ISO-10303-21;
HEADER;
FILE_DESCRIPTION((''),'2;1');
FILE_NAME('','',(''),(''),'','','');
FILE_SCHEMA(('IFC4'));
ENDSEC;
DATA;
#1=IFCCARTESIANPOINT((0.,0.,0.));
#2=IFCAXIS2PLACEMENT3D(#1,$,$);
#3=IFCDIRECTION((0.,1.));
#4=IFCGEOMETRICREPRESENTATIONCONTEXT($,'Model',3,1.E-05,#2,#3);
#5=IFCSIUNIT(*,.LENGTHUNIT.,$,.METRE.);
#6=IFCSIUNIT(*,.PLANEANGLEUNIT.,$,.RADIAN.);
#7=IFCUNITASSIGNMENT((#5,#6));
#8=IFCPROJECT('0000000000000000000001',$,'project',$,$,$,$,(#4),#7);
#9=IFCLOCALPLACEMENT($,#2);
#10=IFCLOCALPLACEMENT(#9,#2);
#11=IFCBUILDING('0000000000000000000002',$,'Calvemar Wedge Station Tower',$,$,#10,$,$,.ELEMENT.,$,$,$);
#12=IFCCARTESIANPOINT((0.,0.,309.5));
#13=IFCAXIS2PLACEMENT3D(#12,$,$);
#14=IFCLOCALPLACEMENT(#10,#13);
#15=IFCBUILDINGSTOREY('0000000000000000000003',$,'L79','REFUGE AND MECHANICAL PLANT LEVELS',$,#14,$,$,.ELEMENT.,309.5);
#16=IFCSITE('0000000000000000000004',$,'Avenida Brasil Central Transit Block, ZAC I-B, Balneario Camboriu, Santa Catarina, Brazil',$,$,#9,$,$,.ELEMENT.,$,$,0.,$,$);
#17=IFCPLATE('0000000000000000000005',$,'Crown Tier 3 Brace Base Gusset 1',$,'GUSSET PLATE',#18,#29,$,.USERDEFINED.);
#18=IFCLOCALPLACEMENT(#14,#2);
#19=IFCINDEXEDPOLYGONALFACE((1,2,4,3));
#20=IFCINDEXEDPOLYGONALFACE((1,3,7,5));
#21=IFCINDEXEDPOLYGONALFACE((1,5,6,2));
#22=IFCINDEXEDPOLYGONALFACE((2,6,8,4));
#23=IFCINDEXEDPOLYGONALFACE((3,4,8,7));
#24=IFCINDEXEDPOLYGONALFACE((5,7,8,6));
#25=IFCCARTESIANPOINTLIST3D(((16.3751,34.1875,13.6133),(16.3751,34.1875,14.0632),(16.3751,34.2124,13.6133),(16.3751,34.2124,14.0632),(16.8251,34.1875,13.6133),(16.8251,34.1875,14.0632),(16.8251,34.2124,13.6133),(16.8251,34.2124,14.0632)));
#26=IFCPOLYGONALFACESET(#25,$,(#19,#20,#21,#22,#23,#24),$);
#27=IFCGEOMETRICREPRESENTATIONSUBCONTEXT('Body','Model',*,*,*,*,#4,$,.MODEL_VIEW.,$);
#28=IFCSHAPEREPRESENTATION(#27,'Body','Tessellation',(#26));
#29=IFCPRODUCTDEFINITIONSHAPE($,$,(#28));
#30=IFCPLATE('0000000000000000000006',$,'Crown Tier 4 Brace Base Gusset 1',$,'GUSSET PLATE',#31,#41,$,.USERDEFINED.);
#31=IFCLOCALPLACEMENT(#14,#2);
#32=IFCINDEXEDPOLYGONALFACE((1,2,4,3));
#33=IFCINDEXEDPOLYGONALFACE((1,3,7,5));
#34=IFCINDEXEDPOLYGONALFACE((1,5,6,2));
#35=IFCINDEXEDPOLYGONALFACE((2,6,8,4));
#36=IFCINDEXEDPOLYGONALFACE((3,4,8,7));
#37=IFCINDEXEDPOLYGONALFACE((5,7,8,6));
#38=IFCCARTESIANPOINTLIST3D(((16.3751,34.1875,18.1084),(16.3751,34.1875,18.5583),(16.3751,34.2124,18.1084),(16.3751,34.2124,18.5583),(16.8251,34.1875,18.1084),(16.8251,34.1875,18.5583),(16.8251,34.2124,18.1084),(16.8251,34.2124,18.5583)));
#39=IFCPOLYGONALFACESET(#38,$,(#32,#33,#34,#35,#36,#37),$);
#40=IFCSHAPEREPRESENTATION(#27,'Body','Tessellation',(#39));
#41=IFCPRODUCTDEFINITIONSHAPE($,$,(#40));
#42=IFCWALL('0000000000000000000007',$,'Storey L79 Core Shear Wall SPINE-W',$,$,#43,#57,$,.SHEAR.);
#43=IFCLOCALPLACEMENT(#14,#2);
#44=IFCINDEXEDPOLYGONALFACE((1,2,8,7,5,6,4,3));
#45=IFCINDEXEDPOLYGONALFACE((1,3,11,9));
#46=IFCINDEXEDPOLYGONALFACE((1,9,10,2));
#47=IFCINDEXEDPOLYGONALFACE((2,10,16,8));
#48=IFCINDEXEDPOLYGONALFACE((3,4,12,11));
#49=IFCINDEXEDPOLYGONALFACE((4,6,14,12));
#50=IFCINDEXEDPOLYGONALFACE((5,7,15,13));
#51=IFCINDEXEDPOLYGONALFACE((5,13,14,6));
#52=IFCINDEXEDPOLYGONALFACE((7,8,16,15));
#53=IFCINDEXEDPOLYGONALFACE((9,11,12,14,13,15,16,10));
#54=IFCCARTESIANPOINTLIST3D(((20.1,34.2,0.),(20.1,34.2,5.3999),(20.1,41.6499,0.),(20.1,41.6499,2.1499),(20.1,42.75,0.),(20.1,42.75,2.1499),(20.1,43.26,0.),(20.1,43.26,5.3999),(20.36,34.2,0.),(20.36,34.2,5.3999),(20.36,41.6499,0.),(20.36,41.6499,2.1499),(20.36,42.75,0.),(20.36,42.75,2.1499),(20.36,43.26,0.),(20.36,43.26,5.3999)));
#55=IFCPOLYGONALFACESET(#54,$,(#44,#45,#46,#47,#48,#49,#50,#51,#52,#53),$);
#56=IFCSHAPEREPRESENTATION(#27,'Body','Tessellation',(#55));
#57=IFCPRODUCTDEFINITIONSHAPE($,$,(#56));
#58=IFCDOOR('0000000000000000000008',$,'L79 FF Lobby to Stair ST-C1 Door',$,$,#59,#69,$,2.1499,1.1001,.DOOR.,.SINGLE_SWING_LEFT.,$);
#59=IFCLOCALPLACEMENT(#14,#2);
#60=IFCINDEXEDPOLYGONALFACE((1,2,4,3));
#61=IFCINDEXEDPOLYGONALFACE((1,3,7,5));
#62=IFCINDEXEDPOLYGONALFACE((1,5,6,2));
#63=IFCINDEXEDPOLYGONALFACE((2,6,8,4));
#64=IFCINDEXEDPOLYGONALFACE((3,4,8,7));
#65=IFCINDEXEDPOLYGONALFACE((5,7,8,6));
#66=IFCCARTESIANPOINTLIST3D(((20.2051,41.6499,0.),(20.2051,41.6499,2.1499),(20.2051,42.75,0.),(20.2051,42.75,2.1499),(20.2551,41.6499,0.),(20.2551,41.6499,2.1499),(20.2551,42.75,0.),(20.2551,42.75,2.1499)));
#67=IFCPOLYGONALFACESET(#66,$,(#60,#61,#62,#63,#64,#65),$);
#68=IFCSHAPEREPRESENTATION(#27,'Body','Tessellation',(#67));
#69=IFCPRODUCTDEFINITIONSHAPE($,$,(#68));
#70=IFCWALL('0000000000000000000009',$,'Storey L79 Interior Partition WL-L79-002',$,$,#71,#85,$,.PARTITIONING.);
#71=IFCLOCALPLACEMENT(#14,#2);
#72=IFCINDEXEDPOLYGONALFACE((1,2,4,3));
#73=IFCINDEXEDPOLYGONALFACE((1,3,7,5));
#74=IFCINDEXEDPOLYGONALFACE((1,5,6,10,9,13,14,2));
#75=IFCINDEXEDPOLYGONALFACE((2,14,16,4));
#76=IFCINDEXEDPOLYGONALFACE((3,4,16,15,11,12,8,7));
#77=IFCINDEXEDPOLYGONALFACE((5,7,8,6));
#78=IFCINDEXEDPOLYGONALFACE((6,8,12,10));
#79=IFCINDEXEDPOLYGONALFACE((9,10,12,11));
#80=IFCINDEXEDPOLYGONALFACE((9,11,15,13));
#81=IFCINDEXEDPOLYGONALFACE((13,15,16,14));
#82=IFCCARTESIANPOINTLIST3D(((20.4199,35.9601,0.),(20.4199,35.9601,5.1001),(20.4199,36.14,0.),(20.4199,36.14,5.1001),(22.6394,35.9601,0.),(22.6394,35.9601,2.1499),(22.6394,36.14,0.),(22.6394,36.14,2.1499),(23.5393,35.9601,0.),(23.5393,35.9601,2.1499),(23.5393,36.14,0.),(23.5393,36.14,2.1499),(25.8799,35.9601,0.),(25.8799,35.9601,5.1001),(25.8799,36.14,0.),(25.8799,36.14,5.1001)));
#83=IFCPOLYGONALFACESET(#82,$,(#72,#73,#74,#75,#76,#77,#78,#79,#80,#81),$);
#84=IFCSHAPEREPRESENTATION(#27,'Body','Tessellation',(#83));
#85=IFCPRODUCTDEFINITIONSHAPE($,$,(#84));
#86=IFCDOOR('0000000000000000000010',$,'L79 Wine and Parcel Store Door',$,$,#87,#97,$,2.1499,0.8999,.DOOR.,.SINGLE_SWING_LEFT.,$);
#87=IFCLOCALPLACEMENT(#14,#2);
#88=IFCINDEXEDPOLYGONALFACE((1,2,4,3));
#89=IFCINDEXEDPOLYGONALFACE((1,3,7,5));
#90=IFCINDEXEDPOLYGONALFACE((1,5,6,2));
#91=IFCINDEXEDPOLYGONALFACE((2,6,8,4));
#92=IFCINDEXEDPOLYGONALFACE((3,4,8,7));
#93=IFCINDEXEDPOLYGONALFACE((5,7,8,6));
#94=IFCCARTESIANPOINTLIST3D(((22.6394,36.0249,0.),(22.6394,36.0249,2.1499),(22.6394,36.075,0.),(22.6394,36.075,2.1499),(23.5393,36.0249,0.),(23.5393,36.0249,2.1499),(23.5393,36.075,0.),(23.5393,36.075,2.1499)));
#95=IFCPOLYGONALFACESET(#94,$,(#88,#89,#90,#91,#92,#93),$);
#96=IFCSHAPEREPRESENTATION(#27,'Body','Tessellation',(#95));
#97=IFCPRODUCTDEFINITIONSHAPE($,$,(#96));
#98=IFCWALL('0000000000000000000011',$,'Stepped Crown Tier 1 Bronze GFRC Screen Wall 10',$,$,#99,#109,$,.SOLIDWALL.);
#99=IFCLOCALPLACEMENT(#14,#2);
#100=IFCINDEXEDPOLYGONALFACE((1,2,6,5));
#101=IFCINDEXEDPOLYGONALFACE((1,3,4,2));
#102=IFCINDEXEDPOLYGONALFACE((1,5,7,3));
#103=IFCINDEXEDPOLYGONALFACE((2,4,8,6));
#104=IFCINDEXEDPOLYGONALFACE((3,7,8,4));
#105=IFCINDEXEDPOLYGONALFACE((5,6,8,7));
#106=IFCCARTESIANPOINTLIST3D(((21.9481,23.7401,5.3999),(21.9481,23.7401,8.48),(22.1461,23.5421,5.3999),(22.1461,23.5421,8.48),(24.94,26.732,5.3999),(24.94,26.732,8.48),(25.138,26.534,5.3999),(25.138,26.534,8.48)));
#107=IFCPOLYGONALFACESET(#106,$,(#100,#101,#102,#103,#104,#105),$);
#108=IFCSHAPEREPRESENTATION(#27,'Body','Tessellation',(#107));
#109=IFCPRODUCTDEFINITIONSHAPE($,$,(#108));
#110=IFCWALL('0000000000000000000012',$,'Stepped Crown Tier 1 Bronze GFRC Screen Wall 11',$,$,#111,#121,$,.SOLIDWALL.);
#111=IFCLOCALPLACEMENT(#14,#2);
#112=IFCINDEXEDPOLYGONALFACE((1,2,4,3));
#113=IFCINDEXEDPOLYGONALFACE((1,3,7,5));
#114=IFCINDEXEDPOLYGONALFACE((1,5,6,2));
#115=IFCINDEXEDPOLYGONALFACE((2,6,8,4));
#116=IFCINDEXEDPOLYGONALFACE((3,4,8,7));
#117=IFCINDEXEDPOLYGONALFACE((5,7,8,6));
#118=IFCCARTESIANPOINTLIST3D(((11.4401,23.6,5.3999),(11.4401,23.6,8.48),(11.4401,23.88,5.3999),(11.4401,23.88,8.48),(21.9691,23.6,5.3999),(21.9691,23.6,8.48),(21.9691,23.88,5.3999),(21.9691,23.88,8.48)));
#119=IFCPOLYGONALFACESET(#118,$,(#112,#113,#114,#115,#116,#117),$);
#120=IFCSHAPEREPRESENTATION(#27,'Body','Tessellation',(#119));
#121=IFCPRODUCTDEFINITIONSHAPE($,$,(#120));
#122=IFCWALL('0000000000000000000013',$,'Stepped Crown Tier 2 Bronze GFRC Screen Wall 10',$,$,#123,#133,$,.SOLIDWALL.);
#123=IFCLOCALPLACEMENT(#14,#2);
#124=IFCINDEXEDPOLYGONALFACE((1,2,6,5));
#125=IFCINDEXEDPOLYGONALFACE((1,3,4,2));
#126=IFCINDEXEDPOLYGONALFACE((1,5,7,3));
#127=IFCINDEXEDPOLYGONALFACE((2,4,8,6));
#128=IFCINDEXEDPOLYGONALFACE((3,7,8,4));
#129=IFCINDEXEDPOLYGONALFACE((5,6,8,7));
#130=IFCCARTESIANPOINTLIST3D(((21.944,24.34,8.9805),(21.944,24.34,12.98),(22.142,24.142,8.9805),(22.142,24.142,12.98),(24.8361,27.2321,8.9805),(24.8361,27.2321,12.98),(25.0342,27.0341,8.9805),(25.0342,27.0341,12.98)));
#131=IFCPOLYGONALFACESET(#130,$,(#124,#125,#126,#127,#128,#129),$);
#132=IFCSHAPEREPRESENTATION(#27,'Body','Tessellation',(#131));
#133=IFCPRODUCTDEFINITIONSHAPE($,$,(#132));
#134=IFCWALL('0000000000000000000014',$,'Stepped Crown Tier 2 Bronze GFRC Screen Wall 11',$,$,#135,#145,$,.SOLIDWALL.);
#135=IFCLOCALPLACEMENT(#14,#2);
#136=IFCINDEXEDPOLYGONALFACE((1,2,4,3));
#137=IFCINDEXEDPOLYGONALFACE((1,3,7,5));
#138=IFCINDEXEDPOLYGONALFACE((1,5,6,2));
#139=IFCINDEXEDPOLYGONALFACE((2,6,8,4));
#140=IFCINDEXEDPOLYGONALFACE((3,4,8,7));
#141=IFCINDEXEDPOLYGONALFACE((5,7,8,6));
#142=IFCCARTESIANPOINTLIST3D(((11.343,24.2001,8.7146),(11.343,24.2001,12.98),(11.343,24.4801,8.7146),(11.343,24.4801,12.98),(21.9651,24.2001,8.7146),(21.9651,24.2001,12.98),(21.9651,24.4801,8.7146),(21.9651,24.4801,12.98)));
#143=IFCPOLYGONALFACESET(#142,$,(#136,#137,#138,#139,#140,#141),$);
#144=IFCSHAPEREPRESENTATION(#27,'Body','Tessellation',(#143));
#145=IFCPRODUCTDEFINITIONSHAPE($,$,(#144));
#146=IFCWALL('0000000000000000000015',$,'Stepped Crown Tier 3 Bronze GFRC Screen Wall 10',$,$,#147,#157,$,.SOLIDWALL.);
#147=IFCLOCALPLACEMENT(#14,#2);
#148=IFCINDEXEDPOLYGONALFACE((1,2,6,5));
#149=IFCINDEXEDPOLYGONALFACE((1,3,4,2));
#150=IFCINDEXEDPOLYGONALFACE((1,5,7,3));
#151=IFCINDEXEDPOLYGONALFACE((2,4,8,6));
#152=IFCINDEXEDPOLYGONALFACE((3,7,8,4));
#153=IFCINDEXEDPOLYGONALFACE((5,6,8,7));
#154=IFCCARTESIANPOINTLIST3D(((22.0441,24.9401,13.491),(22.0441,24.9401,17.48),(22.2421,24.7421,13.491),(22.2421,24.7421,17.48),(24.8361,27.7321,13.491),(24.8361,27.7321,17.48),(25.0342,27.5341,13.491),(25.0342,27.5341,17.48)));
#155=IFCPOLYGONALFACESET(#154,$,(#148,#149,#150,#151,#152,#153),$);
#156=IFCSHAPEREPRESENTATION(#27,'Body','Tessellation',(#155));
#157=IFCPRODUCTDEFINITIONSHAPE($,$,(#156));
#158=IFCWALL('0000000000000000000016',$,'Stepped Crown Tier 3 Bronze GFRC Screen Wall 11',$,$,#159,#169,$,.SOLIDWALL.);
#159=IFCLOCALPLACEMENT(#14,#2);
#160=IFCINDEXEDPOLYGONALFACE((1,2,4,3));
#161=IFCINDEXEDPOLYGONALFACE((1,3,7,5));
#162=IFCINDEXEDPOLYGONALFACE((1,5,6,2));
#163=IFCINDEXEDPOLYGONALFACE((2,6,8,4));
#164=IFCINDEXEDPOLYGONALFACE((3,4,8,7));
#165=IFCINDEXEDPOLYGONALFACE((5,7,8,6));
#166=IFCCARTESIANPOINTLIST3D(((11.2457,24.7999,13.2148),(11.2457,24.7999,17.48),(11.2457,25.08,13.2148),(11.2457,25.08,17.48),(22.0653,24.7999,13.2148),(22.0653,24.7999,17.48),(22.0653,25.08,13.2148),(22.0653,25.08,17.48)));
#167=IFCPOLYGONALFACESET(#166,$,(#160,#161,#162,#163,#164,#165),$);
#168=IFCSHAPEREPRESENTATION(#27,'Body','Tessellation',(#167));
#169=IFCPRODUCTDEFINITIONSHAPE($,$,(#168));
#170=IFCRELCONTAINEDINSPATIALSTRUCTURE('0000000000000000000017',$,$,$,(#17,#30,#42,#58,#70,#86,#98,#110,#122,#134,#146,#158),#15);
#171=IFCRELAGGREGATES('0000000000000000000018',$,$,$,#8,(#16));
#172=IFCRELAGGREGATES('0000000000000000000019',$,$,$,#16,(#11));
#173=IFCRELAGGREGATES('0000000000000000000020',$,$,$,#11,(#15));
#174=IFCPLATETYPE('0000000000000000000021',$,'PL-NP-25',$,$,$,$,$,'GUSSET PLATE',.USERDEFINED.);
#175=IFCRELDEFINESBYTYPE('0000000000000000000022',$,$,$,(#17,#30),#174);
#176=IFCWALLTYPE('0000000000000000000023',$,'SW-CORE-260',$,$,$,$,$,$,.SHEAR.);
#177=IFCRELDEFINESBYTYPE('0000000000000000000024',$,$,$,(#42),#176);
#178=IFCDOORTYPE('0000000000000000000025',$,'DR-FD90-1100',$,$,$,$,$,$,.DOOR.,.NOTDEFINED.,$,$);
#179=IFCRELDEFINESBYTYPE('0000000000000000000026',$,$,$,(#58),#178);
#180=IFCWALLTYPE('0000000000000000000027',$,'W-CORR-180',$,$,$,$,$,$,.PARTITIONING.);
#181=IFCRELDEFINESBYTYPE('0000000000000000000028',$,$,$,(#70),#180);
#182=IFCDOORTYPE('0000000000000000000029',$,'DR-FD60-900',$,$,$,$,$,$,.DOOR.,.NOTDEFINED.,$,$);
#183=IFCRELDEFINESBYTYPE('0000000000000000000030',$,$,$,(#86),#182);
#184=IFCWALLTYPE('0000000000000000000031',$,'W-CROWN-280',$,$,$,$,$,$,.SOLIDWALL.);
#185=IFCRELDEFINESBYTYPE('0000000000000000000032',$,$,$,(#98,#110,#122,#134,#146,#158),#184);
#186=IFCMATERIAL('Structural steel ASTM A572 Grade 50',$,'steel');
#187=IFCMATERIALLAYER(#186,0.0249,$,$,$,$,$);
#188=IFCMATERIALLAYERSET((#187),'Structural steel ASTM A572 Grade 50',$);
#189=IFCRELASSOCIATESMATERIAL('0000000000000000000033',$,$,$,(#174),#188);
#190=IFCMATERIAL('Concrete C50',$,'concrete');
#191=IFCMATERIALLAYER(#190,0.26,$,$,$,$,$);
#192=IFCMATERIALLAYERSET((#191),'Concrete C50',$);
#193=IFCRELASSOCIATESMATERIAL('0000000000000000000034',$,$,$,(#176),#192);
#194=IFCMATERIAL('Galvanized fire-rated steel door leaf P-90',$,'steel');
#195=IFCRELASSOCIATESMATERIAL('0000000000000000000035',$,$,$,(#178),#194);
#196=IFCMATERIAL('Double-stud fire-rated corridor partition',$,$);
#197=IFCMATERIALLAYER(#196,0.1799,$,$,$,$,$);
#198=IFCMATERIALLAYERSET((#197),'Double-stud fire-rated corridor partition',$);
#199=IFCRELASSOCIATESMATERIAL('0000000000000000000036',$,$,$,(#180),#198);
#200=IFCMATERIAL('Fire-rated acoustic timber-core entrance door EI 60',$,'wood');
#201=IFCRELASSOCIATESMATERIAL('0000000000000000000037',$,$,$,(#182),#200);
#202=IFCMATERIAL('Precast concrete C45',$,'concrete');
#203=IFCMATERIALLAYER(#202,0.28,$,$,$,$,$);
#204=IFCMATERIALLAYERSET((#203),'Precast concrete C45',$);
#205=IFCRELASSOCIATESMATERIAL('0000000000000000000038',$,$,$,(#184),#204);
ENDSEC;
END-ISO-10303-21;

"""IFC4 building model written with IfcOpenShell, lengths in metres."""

from ifc_helpers import new_model, si_unit, direction, frame, frame_2d, origin, origin_2d, place, context, subcontext, project, spatial, rectangle, extrude, source, transform, mapped, material, layer, layer_set, type_object, element, fill, save


model = new_model("IFC4")

# Units and contexts
model_context = context("Model", 3, precision=1e-05, world=origin(), true_north=direction((0.0, 1.0)))
body_context = subcontext(model_context, "Body", "Model", "MODEL_VIEW")
ifc_project = project(units=[si_unit("LENGTHUNIT", "METRE"), si_unit("PLANEANGLEUNIT", "RADIAN")], contexts=[model_context])

# Site, building, storey
site_placement = place(None, origin())
site = spatial("IfcSite", under=ifc_project, at=site_placement, Name="Avenida Brasil Central Transit Block, ZAC I-B, Balneario Camboriu, Santa Catarina, Brazil", CompositionType="ELEMENT", RefElevation=0.0)
building_placement = place(site_placement, origin())
building = spatial("IfcBuilding", under=site, at=building_placement, Name="Calvemar Wedge Station Tower", CompositionType="ELEMENT")
storey_placement = place(building_placement, frame((0.0, 0.0, 309.5)))
storey = spatial("IfcBuildingStorey", under=building, at=storey_placement, Name="L79", Description="REFUGE AND MECHANICAL PLANT LEVELS", CompositionType="ELEMENT", Elevation=309.5)

# Shared definitions
ifc_material_1 = material(Name="Concrete C50", Category="concrete")
ifc_material_2 = material(Name="Structural steel ASTM A572 Grade 50", Category="steel")

# Plates
ifc_layer_1 = layer(ifc_material_2, 0.0249)
ifc_layer_set_1 = layer_set([ifc_layer_1], Name="Structural steel ASTM A572 Grade 50")
plate_type = type_object("IfcPlateType", Name="PL-NP-25", ElementType="GUSSET PLATE", PredefinedType="USERDEFINED", material=ifc_layer_set_1)
shared_shape_1 = source(origin(), body_context, "Body", "SweptSolid", [
    extrude(rectangle(XDim=0.45, YDim=0.0249, at=origin_2d()), origin(), (0.0, 0.0, 1.0), 0.45),
])
for number, where, z_axis, x_axis, name in (
    (1, (16.6001, 34.2, 13.6133), (0.0, 0.0, 1.0), (1.0, 0.0, 0.0), "Crown Tier 3 Brace Base Gusset 1"),
    (2, (16.6001, 34.2, 18.1084), (0.0, 0.0, 1.0), (1.0, 0.0, 0.0), "Crown Tier 4 Brace Base Gusset 1"),
):
    element("IfcPlate", number, at=place(storey_placement, frame(where, z_axis=z_axis, x_axis=x_axis)), inside=storey, type_object=plate_type, Name=name, ObjectType="GUSSET PLATE", PredefinedType="USERDEFINED", context=body_context, shape_type="MappedRepresentation", body=[
        mapped(shared_shape_1, transform((0.0, 0.0, 0.0), scale=1.0)),
    ])

# Walls, openings, doors
ifc_layer_2 = layer(ifc_material_1, 0.26)
ifc_layer_set_2 = layer_set([ifc_layer_2], Name="Concrete C50")
wall_type_1 = type_object("IfcWallType", Name="SW-CORE-260", PredefinedType="SHEAR", material=ifc_layer_set_2)
wall_1_placement = place(storey_placement, frame((20.23, 34.2, 0.0), z_axis=(0.0, 0.0, 1.0), x_axis=(0.0, 1.0, 0.0)))
wall_1 = element("IfcWall", 3, at=wall_1_placement, inside=storey, type_object=wall_type_1, Name="Storey L79 Core Shear Wall SPINE-W", PredefinedType="SHEAR", context=body_context, shape_type="SweptSolid", body=[
    extrude(rectangle(XDim=9.0601, YDim=0.26, at=frame_2d((4.53, 0.0))), origin(), (0.0, 0.0, 1.0), 5.3999),
])
shared_shape_2 = source(origin(), body_context, "Body", "SweptSolid", [
    extrude(rectangle(XDim=1.1001, YDim=2.1499, at=frame_2d((0.55, 1.075))), frame((0.0, 0.1401, 0.0), z_axis=(0.0, -1.0, 0.0), x_axis=(1.0, 0.0, 0.0)), (0.0, 0.0, 1.0), 0.28),
])
opening_1_placement = place(wall_1_placement, frame((7.45, 0.0, 0.0)))
opening_1 = element("IfcOpeningElement", 4, at=opening_1_placement, cuts=wall_1, PredefinedType="OPENING", context=body_context, shape_type="MappedRepresentation", body=[
    mapped(shared_shape_2, transform((0.0, 0.0, 0.0), scale=1.0)),
])
ifc_material_3 = material(Name="Galvanized fire-rated steel door leaf P-90", Category="steel")
door_type_1 = type_object("IfcDoorType", Name="DR-FD90-1100", OperationType="NOTDEFINED", PredefinedType="DOOR", material=ifc_material_3)
shared_shape_3 = source(origin(), body_context, "Body", "SweptSolid", [
    extrude(rectangle(XDim=1.1001, YDim=2.1499, at=frame_2d((0.55, 1.075))), frame((0.0, 0.0249, 0.0), z_axis=(0.0, -1.0, 0.0), x_axis=(1.0, 0.0, 0.0)), (0.0, 0.0, 1.0), 0.05),
])
door_1_placement = place(opening_1_placement, origin())
door_1 = element("IfcDoor", 5, at=door_1_placement, inside=storey, type_object=door_type_1, Name="L79 FF Lobby to Stair ST-C1 Door", OperationType="SINGLE_SWING_LEFT", OverallHeight=2.1499, OverallWidth=1.1001, PredefinedType="DOOR", context=body_context, shape_type="MappedRepresentation", body=[
    mapped(shared_shape_3, transform((0.0, 0.0, 0.0), scale=1.0)),
])
fill(opening_1, door_1)
ifc_material_4 = material(Name="Double-stud fire-rated corridor partition")
ifc_layer_3 = layer(ifc_material_4, 0.1799)
ifc_layer_set_3 = layer_set([ifc_layer_3], Name="Double-stud fire-rated corridor partition")
wall_type_2 = type_object("IfcWallType", Name="W-CORR-180", PredefinedType="PARTITIONING", material=ifc_layer_set_3)
wall_2_placement = place(storey_placement, frame((20.4199, 36.05, 0.0), z_axis=(0.0, 0.0, 1.0), x_axis=(1.0, 0.0, 0.0)))
wall_2 = element("IfcWall", 6, at=wall_2_placement, inside=storey, type_object=wall_type_2, Name="Storey L79 Interior Partition WL-L79-002", PredefinedType="PARTITIONING", context=body_context, shape_type="SweptSolid", body=[
    extrude(rectangle(XDim=5.46, YDim=0.1799, at=frame_2d((2.73, 0.0))), origin(), (0.0, 0.0, 1.0), 5.1001),
])
shared_shape_4 = source(origin(), body_context, "Body", "SweptSolid", [
    extrude(rectangle(XDim=0.8999, YDim=2.1499, at=frame_2d((0.45, 1.075))), frame((0.0, 0.1001, 0.0), z_axis=(0.0, -1.0, 0.0), x_axis=(1.0, 0.0, 0.0)), (0.0, 0.0, 1.0), 0.2),
])
opening_2_placement = place(wall_2_placement, frame((2.2195, 0.0, 0.0)))
opening_2 = element("IfcOpeningElement", 7, at=opening_2_placement, cuts=wall_2, PredefinedType="OPENING", context=body_context, shape_type="MappedRepresentation", body=[
    mapped(shared_shape_4, transform((0.0, 0.0, 0.0), scale=1.0)),
])
ifc_material_5 = material(Name="Fire-rated acoustic timber-core entrance door EI 60", Category="wood")
door_type_2 = type_object("IfcDoorType", Name="DR-FD60-900", OperationType="NOTDEFINED", PredefinedType="DOOR", material=ifc_material_5)
shared_shape_5 = source(origin(), body_context, "Body", "SweptSolid", [
    extrude(rectangle(XDim=0.8999, YDim=2.1499, at=frame_2d((0.45, 1.075))), frame((0.0, 0.0249, 0.0), z_axis=(0.0, -1.0, 0.0), x_axis=(1.0, 0.0, 0.0)), (0.0, 0.0, 1.0), 0.05),
])
door_2_placement = place(opening_2_placement, origin())
door_2 = element("IfcDoor", 8, at=door_2_placement, inside=storey, type_object=door_type_2, Name="L79 Wine and Parcel Store Door", OperationType="SINGLE_SWING_LEFT", OverallHeight=2.1499, OverallWidth=0.8999, PredefinedType="DOOR", context=body_context, shape_type="MappedRepresentation", body=[
    mapped(shared_shape_5, transform((0.0, 0.0, 0.0), scale=1.0)),
])
fill(opening_2, door_2)

# Walls
ifc_material_6 = material(Name="Precast concrete C45", Category="concrete")
ifc_layer_4 = layer(ifc_material_6, 0.28)
ifc_layer_set_4 = layer_set([ifc_layer_4], Name="Precast concrete C45")
wall_type_3 = type_object("IfcWallType", Name="W-CROWN-280", PredefinedType="SOLIDWALL", material=ifc_layer_set_4)
wall_3_placement = place(storey_placement, frame((25.0391, 26.6331, 5.3999), z_axis=(0.0, 0.0, 1.0), x_axis=(-0.707107, -0.707107, 0.0)))
element("IfcWall", 9, at=wall_3_placement, inside=storey, type_object=wall_type_3, Name="Stepped Crown Tier 1 Bronze GFRC Screen Wall 10", PredefinedType="SOLIDWALL", context=body_context, shape_type="SweptSolid", body=[
    extrude(rectangle(XDim=4.2312, YDim=0.28, at=frame_2d((2.1157, 0.0))), origin(), (0.0, 0.0, 1.0), 3.0801),
])
wall_4_placement = place(storey_placement, frame((21.9692, 23.74, 5.3999), z_axis=(0.0, 0.0, 1.0), x_axis=(-1.0, 0.0, 0.0)))
element("IfcWall", 10, at=wall_4_placement, inside=storey, type_object=wall_type_3, Name="Stepped Crown Tier 1 Bronze GFRC Screen Wall 11", PredefinedType="SOLIDWALL", context=body_context, shape_type="SweptSolid", body=[
    extrude(rectangle(XDim=10.5291, YDim=0.28, at=frame_2d((5.2646, 0.0))), origin(), (0.0, 0.0, 1.0), 3.0801),
])
wall_5_placement = place(storey_placement, frame((24.9351, 27.1331, 8.9805), z_axis=(0.0, 0.0, 1.0), x_axis=(-0.707107, -0.707107, 0.0)))
element("IfcWall", 11, at=wall_5_placement, inside=storey, type_object=wall_type_3, Name="Stepped Crown Tier 2 Bronze GFRC Screen Wall 10", PredefinedType="SOLIDWALL", context=body_context, shape_type="SweptSolid", body=[
    extrude(rectangle(XDim=4.0901, YDim=0.28, at=frame_2d((2.0449, 0.0))), origin(), (0.0, 0.0, 1.0), 3.9995),
])
wall_6_placement = place(storey_placement, frame((21.9651, 24.3401, 8.7146), z_axis=(0.0, 0.0, 1.0), x_axis=(-1.0, 0.0, 0.0)))
element("IfcWall", 12, at=wall_6_placement, inside=storey, type_object=wall_type_3, Name="Stepped Crown Tier 2 Bronze GFRC Screen Wall 11", PredefinedType="SOLIDWALL", context=body_context, shape_type="SweptSolid", body=[
    extrude(rectangle(XDim=10.6221, YDim=0.28, at=frame_2d((5.311, 0.0))), origin(), (0.0, 0.0, 1.0), 4.2654),
])
wall_7_placement = place(storey_placement, frame((24.9351, 27.6331, 13.491), z_axis=(0.0, 0.0, 1.0), x_axis=(-0.707107, -0.707107, 0.0)))
element("IfcWall", 13, at=wall_7_placement, inside=storey, type_object=wall_type_3, Name="Stepped Crown Tier 3 Bronze GFRC Screen Wall 10", PredefinedType="SOLIDWALL", context=body_context, shape_type="SweptSolid", body=[
    extrude(rectangle(XDim=3.9485, YDim=0.28, at=frame_2d((1.9741, 0.0))), origin(), (0.0, 0.0, 1.0), 3.989),
])
wall_8_placement = place(storey_placement, frame((22.0652, 24.9399, 13.2148), z_axis=(0.0, 0.0, 1.0), x_axis=(-1.0, 0.0, 0.0)))
element("IfcWall", 14, at=wall_8_placement, inside=storey, type_object=wall_type_3, Name="Stepped Crown Tier 3 Bronze GFRC Screen Wall 11", PredefinedType="SOLIDWALL", context=body_context, shape_type="SweptSolid", body=[
    extrude(rectangle(XDim=10.8196, YDim=0.28, at=frame_2d((5.4097, 0.0))), origin(), (0.0, 0.0, 1.0), 4.2651),
])

save(model, "model.ifc")
